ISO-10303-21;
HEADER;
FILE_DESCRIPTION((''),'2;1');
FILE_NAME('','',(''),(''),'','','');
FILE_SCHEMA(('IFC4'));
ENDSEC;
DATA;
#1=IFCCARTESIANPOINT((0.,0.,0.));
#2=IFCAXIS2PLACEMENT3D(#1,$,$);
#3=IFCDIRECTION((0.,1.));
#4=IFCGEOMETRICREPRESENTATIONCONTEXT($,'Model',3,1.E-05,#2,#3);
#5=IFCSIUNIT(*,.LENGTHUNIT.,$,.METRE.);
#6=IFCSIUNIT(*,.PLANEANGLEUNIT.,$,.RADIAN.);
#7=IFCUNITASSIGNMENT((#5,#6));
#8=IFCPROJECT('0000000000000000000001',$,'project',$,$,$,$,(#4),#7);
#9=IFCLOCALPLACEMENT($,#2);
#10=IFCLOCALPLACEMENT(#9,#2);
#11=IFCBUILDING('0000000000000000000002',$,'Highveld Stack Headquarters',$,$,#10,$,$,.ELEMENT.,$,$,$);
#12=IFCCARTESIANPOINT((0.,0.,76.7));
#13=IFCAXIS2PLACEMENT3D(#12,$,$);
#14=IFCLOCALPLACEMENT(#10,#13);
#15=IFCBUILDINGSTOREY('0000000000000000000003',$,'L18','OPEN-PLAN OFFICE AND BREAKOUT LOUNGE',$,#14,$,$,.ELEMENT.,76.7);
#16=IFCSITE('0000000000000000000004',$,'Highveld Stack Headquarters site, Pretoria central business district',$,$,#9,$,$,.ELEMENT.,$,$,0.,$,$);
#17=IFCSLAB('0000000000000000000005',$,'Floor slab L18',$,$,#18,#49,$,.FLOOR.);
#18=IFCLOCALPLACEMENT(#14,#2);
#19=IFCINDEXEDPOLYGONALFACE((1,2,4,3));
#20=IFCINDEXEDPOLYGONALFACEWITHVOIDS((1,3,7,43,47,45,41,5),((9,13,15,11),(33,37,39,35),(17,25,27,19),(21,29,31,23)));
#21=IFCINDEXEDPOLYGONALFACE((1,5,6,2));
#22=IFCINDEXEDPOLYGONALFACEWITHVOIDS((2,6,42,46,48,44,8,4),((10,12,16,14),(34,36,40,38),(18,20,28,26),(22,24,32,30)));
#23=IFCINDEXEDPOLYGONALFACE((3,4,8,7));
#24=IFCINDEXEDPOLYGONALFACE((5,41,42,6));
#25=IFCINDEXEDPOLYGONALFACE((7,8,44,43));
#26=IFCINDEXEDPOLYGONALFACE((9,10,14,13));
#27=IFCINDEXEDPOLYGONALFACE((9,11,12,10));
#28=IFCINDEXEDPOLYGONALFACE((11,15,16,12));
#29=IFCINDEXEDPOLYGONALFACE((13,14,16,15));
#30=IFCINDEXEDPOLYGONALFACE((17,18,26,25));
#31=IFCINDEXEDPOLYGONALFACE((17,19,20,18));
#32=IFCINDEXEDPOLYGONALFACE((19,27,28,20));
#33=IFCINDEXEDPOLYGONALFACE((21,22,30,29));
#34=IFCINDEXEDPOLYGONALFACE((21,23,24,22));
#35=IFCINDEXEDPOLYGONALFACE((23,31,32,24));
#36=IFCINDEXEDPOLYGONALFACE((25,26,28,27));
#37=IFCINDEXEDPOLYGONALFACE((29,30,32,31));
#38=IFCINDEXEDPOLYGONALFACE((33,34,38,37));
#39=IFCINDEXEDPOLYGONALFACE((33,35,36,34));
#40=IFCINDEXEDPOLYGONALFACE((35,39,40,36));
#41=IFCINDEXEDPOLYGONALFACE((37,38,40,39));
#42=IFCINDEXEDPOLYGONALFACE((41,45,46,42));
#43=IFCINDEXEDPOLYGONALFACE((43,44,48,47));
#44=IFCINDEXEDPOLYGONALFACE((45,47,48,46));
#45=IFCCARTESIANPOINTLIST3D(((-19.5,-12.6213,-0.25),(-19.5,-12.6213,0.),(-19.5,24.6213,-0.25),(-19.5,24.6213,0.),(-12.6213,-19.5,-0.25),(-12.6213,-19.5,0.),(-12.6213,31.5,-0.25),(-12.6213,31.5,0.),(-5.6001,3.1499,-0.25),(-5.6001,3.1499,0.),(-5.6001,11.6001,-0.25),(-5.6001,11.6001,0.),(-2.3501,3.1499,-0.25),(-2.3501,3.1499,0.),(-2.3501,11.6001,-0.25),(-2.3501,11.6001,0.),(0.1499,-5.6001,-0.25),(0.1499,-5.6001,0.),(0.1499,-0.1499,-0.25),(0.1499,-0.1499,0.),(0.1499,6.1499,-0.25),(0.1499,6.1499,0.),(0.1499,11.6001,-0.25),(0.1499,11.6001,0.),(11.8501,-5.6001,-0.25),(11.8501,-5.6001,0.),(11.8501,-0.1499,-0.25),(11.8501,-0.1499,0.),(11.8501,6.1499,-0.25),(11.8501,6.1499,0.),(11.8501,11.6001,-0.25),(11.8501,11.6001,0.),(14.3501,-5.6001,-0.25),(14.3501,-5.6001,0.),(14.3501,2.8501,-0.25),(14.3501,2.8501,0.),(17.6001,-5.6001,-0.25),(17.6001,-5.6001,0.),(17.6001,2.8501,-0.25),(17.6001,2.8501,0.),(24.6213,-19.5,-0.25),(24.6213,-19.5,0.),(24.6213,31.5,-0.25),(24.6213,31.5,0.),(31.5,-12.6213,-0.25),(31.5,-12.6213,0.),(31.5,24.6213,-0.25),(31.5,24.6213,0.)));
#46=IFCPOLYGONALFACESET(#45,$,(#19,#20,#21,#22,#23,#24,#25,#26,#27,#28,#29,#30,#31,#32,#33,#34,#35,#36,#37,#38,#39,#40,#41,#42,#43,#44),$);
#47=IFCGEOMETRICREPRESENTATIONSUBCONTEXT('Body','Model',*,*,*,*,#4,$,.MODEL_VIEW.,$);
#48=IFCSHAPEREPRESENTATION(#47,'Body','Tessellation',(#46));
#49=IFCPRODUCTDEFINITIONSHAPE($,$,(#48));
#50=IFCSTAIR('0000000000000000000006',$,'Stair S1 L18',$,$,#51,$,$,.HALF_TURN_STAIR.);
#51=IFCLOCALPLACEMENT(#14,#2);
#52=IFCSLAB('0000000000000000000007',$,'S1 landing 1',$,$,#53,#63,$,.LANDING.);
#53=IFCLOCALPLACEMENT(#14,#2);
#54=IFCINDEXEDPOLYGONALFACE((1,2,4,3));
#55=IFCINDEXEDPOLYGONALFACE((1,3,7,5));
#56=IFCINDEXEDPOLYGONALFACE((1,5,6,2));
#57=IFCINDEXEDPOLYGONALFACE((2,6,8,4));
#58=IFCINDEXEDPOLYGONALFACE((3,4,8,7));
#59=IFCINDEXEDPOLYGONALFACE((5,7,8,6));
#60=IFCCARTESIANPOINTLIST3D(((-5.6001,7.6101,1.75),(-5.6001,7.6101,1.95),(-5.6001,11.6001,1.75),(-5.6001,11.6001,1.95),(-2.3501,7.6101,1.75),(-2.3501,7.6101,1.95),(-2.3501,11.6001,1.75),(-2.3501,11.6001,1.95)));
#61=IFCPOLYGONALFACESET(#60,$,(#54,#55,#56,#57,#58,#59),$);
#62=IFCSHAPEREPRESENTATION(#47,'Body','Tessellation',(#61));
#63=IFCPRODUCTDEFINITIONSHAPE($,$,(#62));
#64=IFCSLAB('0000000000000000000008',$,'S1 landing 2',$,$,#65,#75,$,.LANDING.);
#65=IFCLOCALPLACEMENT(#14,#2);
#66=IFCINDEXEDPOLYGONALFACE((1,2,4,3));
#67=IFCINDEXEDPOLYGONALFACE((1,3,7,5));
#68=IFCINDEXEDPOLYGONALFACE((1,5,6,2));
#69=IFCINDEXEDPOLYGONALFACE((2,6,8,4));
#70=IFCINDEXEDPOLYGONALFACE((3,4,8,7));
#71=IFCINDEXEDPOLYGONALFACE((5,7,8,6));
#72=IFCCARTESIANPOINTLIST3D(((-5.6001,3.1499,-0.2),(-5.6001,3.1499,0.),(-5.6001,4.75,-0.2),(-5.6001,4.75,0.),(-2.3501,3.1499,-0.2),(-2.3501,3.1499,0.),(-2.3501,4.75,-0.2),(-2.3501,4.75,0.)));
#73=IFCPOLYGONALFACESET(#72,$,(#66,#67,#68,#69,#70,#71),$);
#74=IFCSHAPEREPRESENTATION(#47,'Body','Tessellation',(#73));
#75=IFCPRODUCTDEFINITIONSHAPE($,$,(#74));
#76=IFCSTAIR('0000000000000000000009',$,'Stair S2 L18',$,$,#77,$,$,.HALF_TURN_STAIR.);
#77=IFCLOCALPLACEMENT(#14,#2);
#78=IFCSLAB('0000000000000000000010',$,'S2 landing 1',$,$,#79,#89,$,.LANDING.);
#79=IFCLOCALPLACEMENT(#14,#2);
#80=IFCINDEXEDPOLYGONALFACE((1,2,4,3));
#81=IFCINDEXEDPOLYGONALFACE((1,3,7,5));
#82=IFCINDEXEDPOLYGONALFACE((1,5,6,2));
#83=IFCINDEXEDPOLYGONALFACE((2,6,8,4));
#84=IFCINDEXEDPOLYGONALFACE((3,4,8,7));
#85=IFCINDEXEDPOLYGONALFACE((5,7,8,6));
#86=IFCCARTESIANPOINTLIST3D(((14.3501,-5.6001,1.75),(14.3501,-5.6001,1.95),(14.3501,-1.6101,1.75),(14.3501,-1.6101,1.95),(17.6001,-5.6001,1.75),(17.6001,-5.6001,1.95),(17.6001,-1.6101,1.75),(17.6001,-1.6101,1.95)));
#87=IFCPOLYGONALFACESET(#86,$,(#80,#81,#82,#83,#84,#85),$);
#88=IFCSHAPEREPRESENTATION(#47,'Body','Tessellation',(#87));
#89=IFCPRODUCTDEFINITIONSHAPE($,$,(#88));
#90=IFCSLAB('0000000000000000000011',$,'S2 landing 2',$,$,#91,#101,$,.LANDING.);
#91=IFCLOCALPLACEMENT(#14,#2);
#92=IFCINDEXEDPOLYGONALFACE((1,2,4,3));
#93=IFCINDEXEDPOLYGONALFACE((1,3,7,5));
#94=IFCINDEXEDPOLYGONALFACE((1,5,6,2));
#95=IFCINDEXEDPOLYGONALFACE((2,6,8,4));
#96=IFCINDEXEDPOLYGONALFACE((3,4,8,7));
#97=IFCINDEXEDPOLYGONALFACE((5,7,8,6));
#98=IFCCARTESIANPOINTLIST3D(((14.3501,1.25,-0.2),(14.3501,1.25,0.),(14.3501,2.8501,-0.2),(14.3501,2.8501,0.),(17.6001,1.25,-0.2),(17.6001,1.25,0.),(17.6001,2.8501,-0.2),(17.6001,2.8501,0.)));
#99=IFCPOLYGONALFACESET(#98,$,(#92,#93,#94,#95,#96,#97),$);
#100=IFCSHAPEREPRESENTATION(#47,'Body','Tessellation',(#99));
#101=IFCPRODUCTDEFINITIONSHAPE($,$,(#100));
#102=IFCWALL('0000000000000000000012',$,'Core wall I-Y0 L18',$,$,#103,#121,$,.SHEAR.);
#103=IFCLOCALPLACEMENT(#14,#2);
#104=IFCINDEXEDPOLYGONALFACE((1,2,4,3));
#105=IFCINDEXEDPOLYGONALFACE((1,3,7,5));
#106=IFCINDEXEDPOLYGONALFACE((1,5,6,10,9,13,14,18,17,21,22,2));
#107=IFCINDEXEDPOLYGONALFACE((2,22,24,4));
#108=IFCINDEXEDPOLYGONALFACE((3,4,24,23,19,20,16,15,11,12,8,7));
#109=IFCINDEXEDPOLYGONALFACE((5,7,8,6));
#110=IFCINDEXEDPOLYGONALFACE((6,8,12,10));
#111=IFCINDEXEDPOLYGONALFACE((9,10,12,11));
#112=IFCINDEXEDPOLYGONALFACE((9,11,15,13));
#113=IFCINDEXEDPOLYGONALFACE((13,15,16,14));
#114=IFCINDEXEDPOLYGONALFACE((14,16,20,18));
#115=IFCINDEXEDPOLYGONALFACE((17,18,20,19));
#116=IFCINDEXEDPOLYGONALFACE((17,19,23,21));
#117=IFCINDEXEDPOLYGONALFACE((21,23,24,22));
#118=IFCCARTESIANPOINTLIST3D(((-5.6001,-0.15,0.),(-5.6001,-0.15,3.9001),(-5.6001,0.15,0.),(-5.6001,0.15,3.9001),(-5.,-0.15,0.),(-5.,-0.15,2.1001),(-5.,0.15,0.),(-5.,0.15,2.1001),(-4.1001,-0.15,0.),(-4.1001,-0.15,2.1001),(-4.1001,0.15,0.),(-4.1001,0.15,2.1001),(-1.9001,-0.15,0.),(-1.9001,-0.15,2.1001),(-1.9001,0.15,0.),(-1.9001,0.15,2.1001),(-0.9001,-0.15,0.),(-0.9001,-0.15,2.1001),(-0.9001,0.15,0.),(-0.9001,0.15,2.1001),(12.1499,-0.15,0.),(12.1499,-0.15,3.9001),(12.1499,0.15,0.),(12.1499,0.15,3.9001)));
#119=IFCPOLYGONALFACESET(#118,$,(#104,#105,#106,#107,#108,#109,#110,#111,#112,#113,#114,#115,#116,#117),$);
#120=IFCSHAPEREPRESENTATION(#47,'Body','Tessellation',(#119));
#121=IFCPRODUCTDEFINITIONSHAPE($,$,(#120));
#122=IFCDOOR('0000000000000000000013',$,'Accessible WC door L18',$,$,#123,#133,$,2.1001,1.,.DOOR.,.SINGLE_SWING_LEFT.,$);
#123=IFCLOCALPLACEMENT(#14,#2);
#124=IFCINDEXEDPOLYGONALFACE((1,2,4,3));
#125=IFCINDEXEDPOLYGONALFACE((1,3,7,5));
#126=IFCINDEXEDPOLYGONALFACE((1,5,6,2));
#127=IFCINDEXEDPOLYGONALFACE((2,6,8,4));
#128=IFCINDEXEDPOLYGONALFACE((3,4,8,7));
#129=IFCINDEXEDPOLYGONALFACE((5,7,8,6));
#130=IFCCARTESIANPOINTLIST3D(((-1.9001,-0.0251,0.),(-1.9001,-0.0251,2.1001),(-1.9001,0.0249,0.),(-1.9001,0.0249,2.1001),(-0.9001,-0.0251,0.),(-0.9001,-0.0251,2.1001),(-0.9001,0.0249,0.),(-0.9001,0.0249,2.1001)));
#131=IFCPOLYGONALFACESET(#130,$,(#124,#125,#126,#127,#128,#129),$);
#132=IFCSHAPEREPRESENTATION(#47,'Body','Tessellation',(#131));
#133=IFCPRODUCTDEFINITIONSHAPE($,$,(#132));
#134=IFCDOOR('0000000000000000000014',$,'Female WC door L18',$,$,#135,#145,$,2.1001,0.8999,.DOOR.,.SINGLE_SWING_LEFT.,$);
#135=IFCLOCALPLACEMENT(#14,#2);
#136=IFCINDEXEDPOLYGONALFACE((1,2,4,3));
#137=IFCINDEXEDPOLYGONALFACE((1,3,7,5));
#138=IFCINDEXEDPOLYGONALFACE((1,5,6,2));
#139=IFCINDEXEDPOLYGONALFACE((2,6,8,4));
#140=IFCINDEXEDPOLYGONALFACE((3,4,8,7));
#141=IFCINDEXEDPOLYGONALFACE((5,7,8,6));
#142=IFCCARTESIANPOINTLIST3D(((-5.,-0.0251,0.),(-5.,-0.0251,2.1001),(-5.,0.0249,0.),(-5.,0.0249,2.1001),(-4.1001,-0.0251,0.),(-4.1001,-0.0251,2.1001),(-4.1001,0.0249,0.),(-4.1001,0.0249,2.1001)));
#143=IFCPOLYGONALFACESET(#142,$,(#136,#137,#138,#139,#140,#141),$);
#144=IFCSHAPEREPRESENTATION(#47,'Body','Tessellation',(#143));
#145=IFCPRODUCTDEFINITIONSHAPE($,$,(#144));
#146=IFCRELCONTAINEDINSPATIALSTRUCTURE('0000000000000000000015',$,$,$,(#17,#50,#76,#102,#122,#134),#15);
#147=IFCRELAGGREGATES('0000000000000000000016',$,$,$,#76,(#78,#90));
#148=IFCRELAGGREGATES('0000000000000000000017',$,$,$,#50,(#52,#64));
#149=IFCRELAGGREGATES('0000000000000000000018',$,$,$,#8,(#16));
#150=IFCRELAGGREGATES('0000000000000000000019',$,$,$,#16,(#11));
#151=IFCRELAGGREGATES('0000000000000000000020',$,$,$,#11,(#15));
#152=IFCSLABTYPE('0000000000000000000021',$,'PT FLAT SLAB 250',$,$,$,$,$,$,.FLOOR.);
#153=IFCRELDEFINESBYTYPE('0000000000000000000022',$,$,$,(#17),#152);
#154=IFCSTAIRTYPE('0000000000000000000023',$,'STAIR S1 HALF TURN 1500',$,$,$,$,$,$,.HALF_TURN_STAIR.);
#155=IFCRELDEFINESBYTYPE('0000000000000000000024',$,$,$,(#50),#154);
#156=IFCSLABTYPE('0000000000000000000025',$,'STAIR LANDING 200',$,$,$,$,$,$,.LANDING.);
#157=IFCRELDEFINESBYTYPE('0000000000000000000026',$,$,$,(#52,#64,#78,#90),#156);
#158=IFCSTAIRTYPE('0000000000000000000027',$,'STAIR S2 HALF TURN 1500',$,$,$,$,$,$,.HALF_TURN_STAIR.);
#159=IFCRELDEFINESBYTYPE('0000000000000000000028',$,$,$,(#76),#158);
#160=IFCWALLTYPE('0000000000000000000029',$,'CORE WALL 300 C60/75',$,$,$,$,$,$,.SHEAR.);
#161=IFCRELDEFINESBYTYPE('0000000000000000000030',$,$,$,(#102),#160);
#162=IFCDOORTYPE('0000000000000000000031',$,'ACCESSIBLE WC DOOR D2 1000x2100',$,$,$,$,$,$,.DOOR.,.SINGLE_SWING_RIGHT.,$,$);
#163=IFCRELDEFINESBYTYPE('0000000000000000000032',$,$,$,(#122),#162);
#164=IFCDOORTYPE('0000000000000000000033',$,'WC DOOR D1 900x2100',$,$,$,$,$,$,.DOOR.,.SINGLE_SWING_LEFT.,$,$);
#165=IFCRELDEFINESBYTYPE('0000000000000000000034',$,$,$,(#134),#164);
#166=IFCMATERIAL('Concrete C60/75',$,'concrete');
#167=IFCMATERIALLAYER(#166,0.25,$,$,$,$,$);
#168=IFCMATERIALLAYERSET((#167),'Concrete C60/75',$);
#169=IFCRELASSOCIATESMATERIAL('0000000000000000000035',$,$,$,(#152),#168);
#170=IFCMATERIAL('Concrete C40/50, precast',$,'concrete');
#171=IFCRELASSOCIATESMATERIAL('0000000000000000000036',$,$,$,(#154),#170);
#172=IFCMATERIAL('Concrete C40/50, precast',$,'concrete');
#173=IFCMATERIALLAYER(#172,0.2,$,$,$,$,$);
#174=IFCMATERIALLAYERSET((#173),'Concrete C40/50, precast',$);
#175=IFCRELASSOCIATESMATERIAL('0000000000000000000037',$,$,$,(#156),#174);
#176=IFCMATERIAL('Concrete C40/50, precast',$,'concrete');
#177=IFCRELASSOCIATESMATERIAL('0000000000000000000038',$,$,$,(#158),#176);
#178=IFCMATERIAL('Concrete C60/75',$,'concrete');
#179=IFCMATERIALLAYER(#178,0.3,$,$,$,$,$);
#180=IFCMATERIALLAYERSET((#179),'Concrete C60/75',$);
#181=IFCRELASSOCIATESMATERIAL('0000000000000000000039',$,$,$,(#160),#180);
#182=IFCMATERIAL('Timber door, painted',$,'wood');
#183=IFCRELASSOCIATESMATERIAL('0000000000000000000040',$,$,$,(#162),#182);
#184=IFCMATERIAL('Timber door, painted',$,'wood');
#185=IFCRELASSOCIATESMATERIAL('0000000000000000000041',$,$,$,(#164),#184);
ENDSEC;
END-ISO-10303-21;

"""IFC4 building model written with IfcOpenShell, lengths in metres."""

from ifc_helpers import new_model, si_unit, direction, frame, frame_2d, origin, place, context, subcontext, project, spatial, polyline, rectangle, outline, extrude, material, layer, layer_set, type_object, element, fill, aggregate, save


model = new_model("IFC4")

# Units and contexts
model_context = context("Model", 3, precision=1e-05, world=origin(), true_north=direction((0.0, 1.0)))
body_context = subcontext(model_context, "Body", "Model", "MODEL_VIEW")
ifc_project = project(units=[si_unit("LENGTHUNIT", "METRE"), si_unit("PLANEANGLEUNIT", "RADIAN")], contexts=[model_context])

# Site, building, storey
site_placement = place(None, origin())
site = spatial("IfcSite", under=ifc_project, at=site_placement, Name="Highveld Stack Headquarters site, Pretoria central business district", CompositionType="ELEMENT", RefElevation=0.0)
building_placement = place(site_placement, origin())
building = spatial("IfcBuilding", under=site, at=building_placement, Name="Highveld Stack Headquarters", CompositionType="ELEMENT")
storey_placement = place(building_placement, frame((0.0, 0.0, 76.7)))
storey = spatial("IfcBuildingStorey", under=building, at=storey_placement, Name="L18", Description="OPEN-PLAN OFFICE AND BREAKOUT LOUNGE", CompositionType="ELEMENT", Elevation=76.7)

# Slab
ifc_material_1 = material(Name="Concrete C60/75", Category="concrete")
ifc_layer_1 = layer(ifc_material_1, 0.25)
ifc_layer_set_1 = layer_set([ifc_layer_1], Name="Concrete C60/75")
slab_type_1 = type_object("IfcSlabType", Name="PT FLAT SLAB 250", PredefinedType="FLOOR", material=ifc_layer_set_1)
slab_1_placement = place(storey_placement, frame((0.0, 0.0, -0.25)))
element("IfcSlab", 1, at=slab_1_placement, inside=storey, type_object=slab_type_1, Name="Floor slab L18", PredefinedType="FLOOR", context=body_context, shape_type="SweptSolid", body=[
    extrude(outline(polyline([(-12.6213, -19.5), (24.6213, -19.5), (31.5, -12.6213), (31.5, 24.6213), (24.6213, 31.5), (-12.6213, 31.5), (-19.5, 24.6213), (-19.5, -12.6213), (-12.6213, -19.5)]), holes=[polyline([(0.1499, 6.1499), (11.8501, 6.1499), (11.8501, 11.6001), (0.1499, 11.6001), (0.1499, 6.1499)]), polyline([(0.1499, -5.6001), (11.8501, -5.6001), (11.8501, -0.1499), (0.1499, -0.1499), (0.1499, -5.6001)]), polyline([(-5.6001, 3.1499), (-2.3501, 3.1499), (-2.3501, 11.6001), (-5.6001, 11.6001), (-5.6001, 3.1499)]), polyline([(14.3501, -5.6001), (17.6001, -5.6001), (17.6001, 2.8501), (14.3501, 2.8501), (14.3501, -5.6001)])]), origin(), (0.0, 0.0, 1.0), 0.25),
])

# Stairs, slabs
ifc_material_2 = material(Name="Concrete C40/50, precast", Category="concrete")
stair_type_1 = type_object("IfcStairType", Name="STAIR S1 HALF TURN 1500", PredefinedType="HALF_TURN_STAIR", material=ifc_material_2)
stair_1_placement = place(storey_placement, origin())
stair_1 = element("IfcStair", 2, at=stair_1_placement, inside=storey, type_object=stair_type_1, Name="Stair S1 L18", PredefinedType="HALF_TURN_STAIR")
ifc_material_3 = material(Name="Concrete C40/50, precast", Category="concrete")
ifc_layer_2 = layer(ifc_material_3, 0.2)
ifc_layer_set_2 = layer_set([ifc_layer_2], Name="Concrete C40/50, precast")
slab_type_2 = type_object("IfcSlabType", Name="STAIR LANDING 200", PredefinedType="LANDING", material=ifc_layer_set_2)
slab_2_placement = place(storey_placement, frame((0.0, 0.0, 1.75)))
slab_2 = element("IfcSlab", 3, at=slab_2_placement, type_object=slab_type_2, Name="S1 landing 1", PredefinedType="LANDING", context=body_context, shape_type="SweptSolid", body=[
    extrude(outline(polyline([(-5.6001, 7.6101), (-2.3501, 7.6101), (-2.3501, 11.6001), (-5.6001, 11.6001), (-5.6001, 7.6101)])), origin(), (0.0, 0.0, 1.0), 0.2),
])
slab_3_placement = place(storey_placement, frame((0.0, 0.0, -0.2)))
slab_3 = element("IfcSlab", 4, at=slab_3_placement, type_object=slab_type_2, Name="S1 landing 2", PredefinedType="LANDING", context=body_context, shape_type="SweptSolid", body=[
    extrude(outline(polyline([(-5.6001, 3.1499), (-2.3501, 3.1499), (-2.3501, 4.75), (-5.6001, 4.75), (-5.6001, 3.1499)])), origin(), (0.0, 0.0, 1.0), 0.2),
])
ifc_material_4 = material(Name="Concrete C40/50, precast", Category="concrete")
stair_type_2 = type_object("IfcStairType", Name="STAIR S2 HALF TURN 1500", PredefinedType="HALF_TURN_STAIR", material=ifc_material_4)
stair_2_placement = place(storey_placement, origin())
stair_2 = element("IfcStair", 5, at=stair_2_placement, inside=storey, type_object=stair_type_2, Name="Stair S2 L18", PredefinedType="HALF_TURN_STAIR")
slab_4_placement = place(storey_placement, frame((0.0, 0.0, 1.75)))
slab_4 = element("IfcSlab", 6, at=slab_4_placement, type_object=slab_type_2, Name="S2 landing 1", PredefinedType="LANDING", context=body_context, shape_type="SweptSolid", body=[
    extrude(outline(polyline([(14.3501, -5.6001), (17.6001, -5.6001), (17.6001, -1.6101), (14.3501, -1.6101), (14.3501, -5.6001)])), origin(), (0.0, 0.0, 1.0), 0.2),
])
slab_5_placement = place(storey_placement, frame((0.0, 0.0, -0.2)))
slab_5 = element("IfcSlab", 7, at=slab_5_placement, type_object=slab_type_2, Name="S2 landing 2", PredefinedType="LANDING", context=body_context, shape_type="SweptSolid", body=[
    extrude(outline(polyline([(14.3501, 1.25), (17.6001, 1.25), (17.6001, 2.8501), (14.3501, 2.8501), (14.3501, 1.25)])), origin(), (0.0, 0.0, 1.0), 0.2),
])
aggregate(stair_2, [slab_4, slab_5])

# Wall, openings, doors
ifc_material_5 = material(Name="Concrete C60/75", Category="concrete")
ifc_layer_3 = layer(ifc_material_5, 0.3)
ifc_layer_set_3 = layer_set([ifc_layer_3], Name="Concrete C60/75")
wall_type_1 = type_object("IfcWallType", Name="CORE WALL 300 C60/75", PredefinedType="SHEAR", material=ifc_layer_set_3)
wall_1_placement = place(storey_placement, frame((-5.6001, 0.0, 0.0), z_axis=(0.0, 0.0, 1.0), x_axis=(1.0, 0.0, 0.0)))
wall_1 = element("IfcWall", 8, at=wall_1_placement, inside=storey, type_object=wall_type_1, Name="Core wall I-Y0 L18", PredefinedType="SHEAR", context=body_context, shape_type="SweptSolid", body=[
    extrude(rectangle(XDim=17.75, YDim=0.3, at=frame_2d((8.875, 0.0))), origin(), (0.0, 0.0, 1.0), 3.9001),
])
opening_1_placement = place(wall_1_placement, frame((0.6001, 0.0, 0.0)))
opening_1 = element("IfcOpeningElement", 9, at=opening_1_placement, cuts=wall_1, PredefinedType="OPENING", context=body_context, shape_type="SweptSolid", body=[
    extrude(rectangle(XDim=0.8999, YDim=2.1001, at=frame_2d((0.45, 1.05))), frame((0.0, 0.1599, 0.0), z_axis=(0.0, -1.0, 0.0), x_axis=(1.0, 0.0, 0.0)), (0.0, 0.0, 1.0), 0.3201),
])
opening_2_placement = place(wall_1_placement, frame((3.7, 0.0, 0.0)))
opening_2 = element("IfcOpeningElement", 10, at=opening_2_placement, cuts=wall_1, PredefinedType="OPENING", context=body_context, shape_type="SweptSolid", body=[
    extrude(rectangle(XDim=1.0, YDim=2.1001, at=frame_2d((0.5, 1.05))), frame((0.0, 0.1599, 0.0), z_axis=(0.0, -1.0, 0.0), x_axis=(1.0, 0.0, 0.0)), (0.0, 0.0, 1.0), 0.3201),
])
ifc_material_6 = material(Name="Timber door, painted", Category="wood")
door_type_1 = type_object("IfcDoorType", Name="ACCESSIBLE WC DOOR D2 1000x2100", OperationType="SINGLE_SWING_RIGHT", PredefinedType="DOOR", material=ifc_material_6)
door_1_placement = place(opening_2_placement, origin())
door_1 = element("IfcDoor", 11, at=door_1_placement, inside=storey, type_object=door_type_1, Name="Accessible WC door L18", OperationType="SINGLE_SWING_LEFT", OverallHeight=2.1001, OverallWidth=1.0, PredefinedType="DOOR", context=body_context, shape_type="SweptSolid", body=[
    extrude(rectangle(XDim=1.0, YDim=2.1001, at=frame_2d((0.5, 1.05))), frame((0.0, 0.0249, 0.0), z_axis=(0.0, -1.0, 0.0), x_axis=(1.0, 0.0, 0.0)), (0.0, 0.0, 1.0), 0.05),
])
fill(opening_2, door_1)
ifc_material_7 = material(Name="Timber door, painted", Category="wood")
door_type_2 = type_object("IfcDoorType", Name="WC DOOR D1 900x2100", OperationType="SINGLE_SWING_LEFT", PredefinedType="DOOR", material=ifc_material_7)
door_2_placement = place(opening_1_placement, origin())
door_2 = element("IfcDoor", 12, at=door_2_placement, inside=storey, type_object=door_type_2, Name="Female WC door L18", OperationType="SINGLE_SWING_LEFT", OverallHeight=2.1001, OverallWidth=0.8999, PredefinedType="DOOR", context=body_context, shape_type="SweptSolid", body=[
    extrude(rectangle(XDim=0.8999, YDim=2.1001, at=frame_2d((0.45, 1.05))), frame((0.0, 0.0249, 0.0), z_axis=(0.0, -1.0, 0.0), x_axis=(1.0, 0.0, 0.0)), (0.0, 0.0, 1.0), 0.05),
])
fill(opening_1, door_2)

aggregate(stair_1, [slab_2, slab_3])

save(model, "model.ifc")
